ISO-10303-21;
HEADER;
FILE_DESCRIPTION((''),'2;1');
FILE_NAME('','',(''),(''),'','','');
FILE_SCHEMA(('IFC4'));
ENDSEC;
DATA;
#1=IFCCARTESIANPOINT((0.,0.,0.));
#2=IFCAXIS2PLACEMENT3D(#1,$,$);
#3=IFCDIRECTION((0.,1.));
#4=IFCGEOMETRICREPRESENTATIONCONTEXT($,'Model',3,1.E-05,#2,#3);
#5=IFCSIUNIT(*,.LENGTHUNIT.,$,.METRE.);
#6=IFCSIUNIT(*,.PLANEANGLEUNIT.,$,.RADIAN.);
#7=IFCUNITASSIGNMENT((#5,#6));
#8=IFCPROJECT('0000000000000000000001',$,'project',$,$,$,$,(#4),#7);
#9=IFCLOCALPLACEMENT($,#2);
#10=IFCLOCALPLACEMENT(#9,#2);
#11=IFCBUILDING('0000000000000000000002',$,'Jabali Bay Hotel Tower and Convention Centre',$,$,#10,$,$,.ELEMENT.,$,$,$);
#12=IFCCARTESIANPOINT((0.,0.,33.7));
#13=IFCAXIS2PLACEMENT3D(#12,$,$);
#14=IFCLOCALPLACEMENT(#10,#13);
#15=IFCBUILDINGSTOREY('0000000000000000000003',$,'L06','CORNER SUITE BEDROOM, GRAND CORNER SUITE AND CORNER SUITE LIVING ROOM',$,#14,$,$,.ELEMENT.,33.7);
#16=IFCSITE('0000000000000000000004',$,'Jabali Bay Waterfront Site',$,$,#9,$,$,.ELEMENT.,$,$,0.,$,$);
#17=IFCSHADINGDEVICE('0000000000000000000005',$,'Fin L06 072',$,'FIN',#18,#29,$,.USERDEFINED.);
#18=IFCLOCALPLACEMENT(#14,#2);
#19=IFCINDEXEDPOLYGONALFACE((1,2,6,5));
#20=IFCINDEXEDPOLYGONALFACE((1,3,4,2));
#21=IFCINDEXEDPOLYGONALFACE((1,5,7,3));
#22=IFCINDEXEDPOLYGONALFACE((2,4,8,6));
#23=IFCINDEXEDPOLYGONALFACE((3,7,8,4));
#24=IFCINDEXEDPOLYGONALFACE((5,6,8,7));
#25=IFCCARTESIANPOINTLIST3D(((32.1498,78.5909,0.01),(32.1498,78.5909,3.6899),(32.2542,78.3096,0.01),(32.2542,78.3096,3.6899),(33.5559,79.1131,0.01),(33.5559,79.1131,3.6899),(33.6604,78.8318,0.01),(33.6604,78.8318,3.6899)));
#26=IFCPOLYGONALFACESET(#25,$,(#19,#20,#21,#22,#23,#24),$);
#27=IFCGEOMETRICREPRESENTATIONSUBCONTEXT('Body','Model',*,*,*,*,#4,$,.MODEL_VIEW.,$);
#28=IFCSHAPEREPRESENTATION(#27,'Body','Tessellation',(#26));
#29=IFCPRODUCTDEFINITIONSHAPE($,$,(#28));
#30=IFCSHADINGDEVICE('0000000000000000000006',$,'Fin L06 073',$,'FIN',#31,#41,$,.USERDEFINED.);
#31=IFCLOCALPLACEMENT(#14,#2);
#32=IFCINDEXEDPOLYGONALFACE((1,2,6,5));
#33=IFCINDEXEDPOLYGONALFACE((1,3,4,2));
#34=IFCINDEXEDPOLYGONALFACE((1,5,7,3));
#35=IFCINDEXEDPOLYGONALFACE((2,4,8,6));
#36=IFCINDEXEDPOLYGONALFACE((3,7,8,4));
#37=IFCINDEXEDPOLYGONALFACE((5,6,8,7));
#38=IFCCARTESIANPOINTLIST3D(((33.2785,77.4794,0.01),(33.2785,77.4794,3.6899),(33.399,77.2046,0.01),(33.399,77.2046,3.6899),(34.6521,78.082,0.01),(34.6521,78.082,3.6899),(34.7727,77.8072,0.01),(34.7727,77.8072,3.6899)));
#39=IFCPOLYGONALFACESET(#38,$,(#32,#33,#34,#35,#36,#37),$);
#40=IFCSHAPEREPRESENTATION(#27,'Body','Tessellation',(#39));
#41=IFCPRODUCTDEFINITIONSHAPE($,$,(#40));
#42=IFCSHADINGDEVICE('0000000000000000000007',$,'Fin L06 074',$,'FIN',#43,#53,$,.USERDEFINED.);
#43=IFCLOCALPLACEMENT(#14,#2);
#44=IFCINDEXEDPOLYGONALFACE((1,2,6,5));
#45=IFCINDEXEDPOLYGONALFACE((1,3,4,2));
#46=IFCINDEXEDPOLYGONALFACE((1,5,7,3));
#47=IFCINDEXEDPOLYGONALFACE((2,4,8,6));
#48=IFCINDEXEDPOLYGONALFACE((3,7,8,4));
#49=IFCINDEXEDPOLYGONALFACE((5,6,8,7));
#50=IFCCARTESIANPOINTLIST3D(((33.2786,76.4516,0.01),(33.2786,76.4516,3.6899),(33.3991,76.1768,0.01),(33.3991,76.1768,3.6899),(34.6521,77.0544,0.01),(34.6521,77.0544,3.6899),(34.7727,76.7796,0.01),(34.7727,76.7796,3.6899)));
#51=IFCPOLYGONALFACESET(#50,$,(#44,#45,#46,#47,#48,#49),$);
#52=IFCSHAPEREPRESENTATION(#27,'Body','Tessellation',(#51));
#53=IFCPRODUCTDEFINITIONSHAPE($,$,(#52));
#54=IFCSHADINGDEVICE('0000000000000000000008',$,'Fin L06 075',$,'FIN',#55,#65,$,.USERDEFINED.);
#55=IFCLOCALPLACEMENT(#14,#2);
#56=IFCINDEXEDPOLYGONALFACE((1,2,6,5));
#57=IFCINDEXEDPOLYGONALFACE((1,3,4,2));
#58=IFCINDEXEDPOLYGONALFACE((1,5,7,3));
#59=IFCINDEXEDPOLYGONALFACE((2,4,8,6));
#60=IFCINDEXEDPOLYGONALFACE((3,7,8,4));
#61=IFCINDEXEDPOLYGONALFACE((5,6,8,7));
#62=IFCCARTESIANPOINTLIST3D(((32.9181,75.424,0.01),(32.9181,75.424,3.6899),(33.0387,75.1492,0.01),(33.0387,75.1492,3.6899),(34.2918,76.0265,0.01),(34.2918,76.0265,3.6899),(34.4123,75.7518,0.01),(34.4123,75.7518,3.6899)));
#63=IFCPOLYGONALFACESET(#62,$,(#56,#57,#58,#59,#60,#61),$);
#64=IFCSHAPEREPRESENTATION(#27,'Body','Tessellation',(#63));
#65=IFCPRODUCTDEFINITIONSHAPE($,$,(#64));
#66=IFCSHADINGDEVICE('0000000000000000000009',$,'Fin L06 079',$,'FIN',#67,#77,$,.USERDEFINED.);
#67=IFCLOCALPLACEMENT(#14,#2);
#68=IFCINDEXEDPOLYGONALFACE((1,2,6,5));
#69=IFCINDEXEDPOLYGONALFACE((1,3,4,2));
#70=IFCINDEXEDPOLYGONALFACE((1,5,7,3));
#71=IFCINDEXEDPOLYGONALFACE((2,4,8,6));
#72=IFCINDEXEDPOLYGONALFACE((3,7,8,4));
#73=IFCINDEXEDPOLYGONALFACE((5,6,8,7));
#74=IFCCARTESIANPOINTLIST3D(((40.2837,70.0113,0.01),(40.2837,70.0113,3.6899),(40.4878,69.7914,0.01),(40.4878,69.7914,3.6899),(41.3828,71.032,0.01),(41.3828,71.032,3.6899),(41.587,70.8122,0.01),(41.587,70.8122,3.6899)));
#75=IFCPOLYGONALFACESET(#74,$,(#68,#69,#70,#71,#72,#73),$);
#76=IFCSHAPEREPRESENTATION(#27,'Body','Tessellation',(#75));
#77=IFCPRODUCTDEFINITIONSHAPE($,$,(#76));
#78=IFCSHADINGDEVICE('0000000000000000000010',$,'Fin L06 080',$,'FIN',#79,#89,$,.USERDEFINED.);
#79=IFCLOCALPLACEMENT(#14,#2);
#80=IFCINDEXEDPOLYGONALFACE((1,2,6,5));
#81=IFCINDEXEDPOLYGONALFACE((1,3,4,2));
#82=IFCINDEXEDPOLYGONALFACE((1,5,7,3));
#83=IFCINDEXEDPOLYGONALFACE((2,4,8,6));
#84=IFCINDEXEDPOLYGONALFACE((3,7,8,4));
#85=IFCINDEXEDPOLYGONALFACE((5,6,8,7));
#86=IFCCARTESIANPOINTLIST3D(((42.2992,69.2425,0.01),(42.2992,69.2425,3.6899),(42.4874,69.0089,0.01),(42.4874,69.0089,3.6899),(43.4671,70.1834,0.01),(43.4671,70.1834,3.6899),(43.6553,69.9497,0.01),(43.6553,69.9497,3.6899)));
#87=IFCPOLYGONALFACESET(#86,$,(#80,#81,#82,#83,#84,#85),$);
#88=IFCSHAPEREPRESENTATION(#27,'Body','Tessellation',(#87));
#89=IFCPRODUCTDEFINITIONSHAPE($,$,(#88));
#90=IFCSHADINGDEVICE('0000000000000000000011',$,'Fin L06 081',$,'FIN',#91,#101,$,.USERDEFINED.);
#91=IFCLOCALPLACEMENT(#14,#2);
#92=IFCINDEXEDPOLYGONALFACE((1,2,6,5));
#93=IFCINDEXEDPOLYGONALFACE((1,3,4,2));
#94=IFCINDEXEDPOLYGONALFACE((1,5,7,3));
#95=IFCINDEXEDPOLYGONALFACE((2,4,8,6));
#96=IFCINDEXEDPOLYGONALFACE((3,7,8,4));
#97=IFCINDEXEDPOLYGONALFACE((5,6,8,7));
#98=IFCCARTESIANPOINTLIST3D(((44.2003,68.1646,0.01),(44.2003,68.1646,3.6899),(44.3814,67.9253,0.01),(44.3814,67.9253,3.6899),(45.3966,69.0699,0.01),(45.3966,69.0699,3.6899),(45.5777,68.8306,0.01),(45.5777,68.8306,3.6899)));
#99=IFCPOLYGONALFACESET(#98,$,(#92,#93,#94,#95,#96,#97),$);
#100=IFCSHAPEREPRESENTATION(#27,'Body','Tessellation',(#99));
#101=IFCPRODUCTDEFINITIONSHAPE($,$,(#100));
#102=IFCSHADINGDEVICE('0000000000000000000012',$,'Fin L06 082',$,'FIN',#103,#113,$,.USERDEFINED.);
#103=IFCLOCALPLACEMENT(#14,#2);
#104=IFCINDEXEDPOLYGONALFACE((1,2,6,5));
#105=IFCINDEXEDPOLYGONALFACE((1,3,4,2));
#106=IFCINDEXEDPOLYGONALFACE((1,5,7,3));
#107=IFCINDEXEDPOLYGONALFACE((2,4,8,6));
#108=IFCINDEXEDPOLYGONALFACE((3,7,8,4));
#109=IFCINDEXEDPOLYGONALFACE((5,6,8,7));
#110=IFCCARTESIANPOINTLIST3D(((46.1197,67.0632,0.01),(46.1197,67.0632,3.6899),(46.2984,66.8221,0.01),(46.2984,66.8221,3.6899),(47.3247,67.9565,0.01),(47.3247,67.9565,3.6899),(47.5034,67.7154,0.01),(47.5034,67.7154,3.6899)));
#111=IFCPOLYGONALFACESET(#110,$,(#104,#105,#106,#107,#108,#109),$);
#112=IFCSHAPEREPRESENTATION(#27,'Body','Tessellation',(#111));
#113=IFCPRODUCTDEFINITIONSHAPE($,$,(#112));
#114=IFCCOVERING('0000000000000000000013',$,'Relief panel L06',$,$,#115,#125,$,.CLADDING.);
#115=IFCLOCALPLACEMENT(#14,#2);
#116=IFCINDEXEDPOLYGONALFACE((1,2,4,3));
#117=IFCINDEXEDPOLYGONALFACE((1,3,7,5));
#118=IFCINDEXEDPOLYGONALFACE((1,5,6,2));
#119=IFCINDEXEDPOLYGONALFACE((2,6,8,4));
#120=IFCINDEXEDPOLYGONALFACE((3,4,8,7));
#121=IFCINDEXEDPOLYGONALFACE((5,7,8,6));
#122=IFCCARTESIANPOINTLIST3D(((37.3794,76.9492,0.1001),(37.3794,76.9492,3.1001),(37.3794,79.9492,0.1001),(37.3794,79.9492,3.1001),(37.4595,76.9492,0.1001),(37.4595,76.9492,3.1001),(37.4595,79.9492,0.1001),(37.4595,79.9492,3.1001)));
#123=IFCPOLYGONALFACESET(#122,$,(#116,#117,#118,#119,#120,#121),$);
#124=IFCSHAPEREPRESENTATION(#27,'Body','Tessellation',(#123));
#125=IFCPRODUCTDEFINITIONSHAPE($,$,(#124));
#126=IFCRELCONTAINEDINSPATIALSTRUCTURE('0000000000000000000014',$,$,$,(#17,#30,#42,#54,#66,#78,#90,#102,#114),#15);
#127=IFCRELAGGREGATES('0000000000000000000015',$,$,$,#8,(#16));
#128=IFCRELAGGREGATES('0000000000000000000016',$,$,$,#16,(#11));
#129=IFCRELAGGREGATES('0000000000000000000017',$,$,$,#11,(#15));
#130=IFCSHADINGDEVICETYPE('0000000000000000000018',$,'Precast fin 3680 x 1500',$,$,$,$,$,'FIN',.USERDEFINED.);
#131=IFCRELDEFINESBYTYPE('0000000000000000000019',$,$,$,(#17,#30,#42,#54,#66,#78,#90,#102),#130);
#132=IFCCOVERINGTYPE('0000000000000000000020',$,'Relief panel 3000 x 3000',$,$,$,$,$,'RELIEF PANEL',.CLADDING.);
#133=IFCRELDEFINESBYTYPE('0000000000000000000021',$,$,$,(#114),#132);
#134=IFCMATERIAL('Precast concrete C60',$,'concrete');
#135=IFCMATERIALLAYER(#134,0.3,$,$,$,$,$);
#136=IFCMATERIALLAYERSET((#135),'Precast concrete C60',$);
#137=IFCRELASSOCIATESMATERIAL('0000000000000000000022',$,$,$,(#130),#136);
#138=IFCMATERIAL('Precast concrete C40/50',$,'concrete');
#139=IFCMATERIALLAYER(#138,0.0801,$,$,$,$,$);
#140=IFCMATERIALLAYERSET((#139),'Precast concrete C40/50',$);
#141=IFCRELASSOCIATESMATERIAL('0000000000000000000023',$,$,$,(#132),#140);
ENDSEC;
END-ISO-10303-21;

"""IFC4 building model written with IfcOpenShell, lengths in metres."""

from ifc_helpers import new_model, si_unit, direction, frame, frame_2d, origin, origin_2d, place, context, subcontext, project, spatial, rectangle, extrude, material, layer, layer_set, type_object, element, save


model = new_model("IFC4")

# Units and contexts
model_context = context("Model", 3, precision=1e-05, world=origin(), true_north=direction((0.0, 1.0)))
body_context = subcontext(model_context, "Body", "Model", "MODEL_VIEW")
ifc_project = project(units=[si_unit("LENGTHUNIT", "METRE"), si_unit("PLANEANGLEUNIT", "RADIAN")], contexts=[model_context])

# Site, building, storey
site_placement = place(None, origin())
site = spatial("IfcSite", under=ifc_project, at=site_placement, Name="Jabali Bay Waterfront Site", CompositionType="ELEMENT", RefElevation=0.0)
building_placement = place(site_placement, origin())
building = spatial("IfcBuilding", under=site, at=building_placement, Name="Jabali Bay Hotel Tower and Convention Centre", CompositionType="ELEMENT")
storey_placement = place(building_placement, frame((0.0, 0.0, 33.7)))
storey = spatial("IfcBuildingStorey", under=building, at=storey_placement, Name="L06", Description="CORNER SUITE BEDROOM, GRAND CORNER SUITE AND CORNER SUITE LIVING ROOM", CompositionType="ELEMENT", Elevation=33.7)

# Shading devices
ifc_material_1 = material(Name="Precast concrete C60", Category="concrete")
ifc_layer_1 = layer(ifc_material_1, 0.3)
ifc_layer_set_1 = layer_set([ifc_layer_1], Name="Precast concrete C60")
shading_device_type_1 = type_object("IfcShadingDeviceType", Name="Precast fin 3680 x 1500", ElementType="FIN", PredefinedType="USERDEFINED", material=ifc_layer_set_1)
for number, where, z_axis, x_axis, name in (
    (1, (33.6082, 78.9724, 0.01), (0.0, 0.0, 1.0), (-0.937448, -0.348125, 0.0), "Fin L06 072"),
    (2, (34.7124, 77.9446, 0.01), (0.0, 0.0, 1.0), (-0.915761, -0.401724, 0.0), "Fin L06 073"),
    (3, (34.7124, 76.917, 0.01), (0.0, 0.0, 1.0), (-0.915701, -0.40186, 0.0), "Fin L06 074"),
    (4, (34.3521, 75.8892, 0.01), (0.0, 0.0, 1.0), (-0.915761, -0.401724, 0.0), "Fin L06 075"),
    (5, (41.4849, 70.9221, 0.01), (0.0, 0.0, 1.0), (-0.732747, -0.680501, 0.0), "Fin L06 079"),
):
    element("IfcShadingDevice", number, at=place(storey_placement, frame(where, z_axis=z_axis, x_axis=x_axis)), inside=storey, type_object=shading_device_type_1, Name=name, ObjectType="FIN", PredefinedType="USERDEFINED", context=body_context, shape_type="SweptSolid", body=[
        extrude(rectangle(XDim=1.5, YDim=0.3, at=frame_2d((0.75, 0.0))), origin(), (0.0, 0.0, 1.0), 3.6799),
    ])
shading_device_1_placement = place(storey_placement, frame((43.5613, 70.0667, 0.01), z_axis=(0.0, 0.0, 1.0), x_axis=(-0.778736, -0.627351, 0.0)))
element("IfcShadingDevice", 6, at=shading_device_1_placement, inside=storey, type_object=shading_device_type_1, Name="Fin L06 080", ObjectType="FIN", PredefinedType="USERDEFINED", context=body_context, shape_type="SweptSolid", body=[
    extrude(rectangle(XDim=1.4998, YDim=0.3, at=frame_2d((0.75, 0.0))), origin(), (0.0, 0.0, 1.0), 3.6799),
])
shading_device_2_placement = place(storey_placement, frame((45.4871, 68.9502, 0.01), z_axis=(0.0, 0.0, 1.0), x_axis=(-0.797415, -0.603431, 0.0)))
element("IfcShadingDevice", 7, at=shading_device_2_placement, inside=storey, type_object=shading_device_type_1, Name="Fin L06 081", ObjectType="FIN", PredefinedType="USERDEFINED", context=body_context, shape_type="SweptSolid", body=[
    extrude(rectangle(XDim=1.5002, YDim=0.3, at=frame_2d((0.75, 0.0))), origin(), (0.0, 0.0, 1.0), 3.6799),
])
shading_device_3_placement = place(storey_placement, frame((47.4141, 67.8359, 0.01), z_axis=(0.0, 0.0, 1.0), x_axis=(-0.803347, -0.595512, 0.0)))
element("IfcShadingDevice", 8, at=shading_device_3_placement, inside=storey, type_object=shading_device_type_1, Name="Fin L06 082", ObjectType="FIN", PredefinedType="USERDEFINED", context=body_context, shape_type="SweptSolid", body=[
    extrude(rectangle(XDim=1.5, YDim=0.3, at=frame_2d((0.75, 0.0))), origin(), (0.0, 0.0, 1.0), 3.6799),
])

# Covering
ifc_material_2 = material(Name="Precast concrete C40/50", Category="concrete")
ifc_layer_2 = layer(ifc_material_2, 0.0801)
ifc_layer_set_2 = layer_set([ifc_layer_2], Name="Precast concrete C40/50")
covering_type = type_object("IfcCoveringType", Name="Relief panel 3000 x 3000", ElementType="RELIEF PANEL", PredefinedType="CLADDING", material=ifc_layer_set_2)
covering_placement = place(storey_placement, frame((37.4194, 78.4492, 0.1001), z_axis=(0.0, 0.0, 1.0), x_axis=(0.0, 1.0, 0.0)))
element("IfcCovering", 9, at=covering_placement, inside=storey, type_object=covering_type, Name="Relief panel L06", PredefinedType="CLADDING", context=body_context, shape_type="SweptSolid", body=[
    extrude(rectangle(XDim=3.0, YDim=0.0801, at=origin_2d()), origin(), (0.0, 0.0, 1.0), 3.0),
])

save(model, "model.ifc")
